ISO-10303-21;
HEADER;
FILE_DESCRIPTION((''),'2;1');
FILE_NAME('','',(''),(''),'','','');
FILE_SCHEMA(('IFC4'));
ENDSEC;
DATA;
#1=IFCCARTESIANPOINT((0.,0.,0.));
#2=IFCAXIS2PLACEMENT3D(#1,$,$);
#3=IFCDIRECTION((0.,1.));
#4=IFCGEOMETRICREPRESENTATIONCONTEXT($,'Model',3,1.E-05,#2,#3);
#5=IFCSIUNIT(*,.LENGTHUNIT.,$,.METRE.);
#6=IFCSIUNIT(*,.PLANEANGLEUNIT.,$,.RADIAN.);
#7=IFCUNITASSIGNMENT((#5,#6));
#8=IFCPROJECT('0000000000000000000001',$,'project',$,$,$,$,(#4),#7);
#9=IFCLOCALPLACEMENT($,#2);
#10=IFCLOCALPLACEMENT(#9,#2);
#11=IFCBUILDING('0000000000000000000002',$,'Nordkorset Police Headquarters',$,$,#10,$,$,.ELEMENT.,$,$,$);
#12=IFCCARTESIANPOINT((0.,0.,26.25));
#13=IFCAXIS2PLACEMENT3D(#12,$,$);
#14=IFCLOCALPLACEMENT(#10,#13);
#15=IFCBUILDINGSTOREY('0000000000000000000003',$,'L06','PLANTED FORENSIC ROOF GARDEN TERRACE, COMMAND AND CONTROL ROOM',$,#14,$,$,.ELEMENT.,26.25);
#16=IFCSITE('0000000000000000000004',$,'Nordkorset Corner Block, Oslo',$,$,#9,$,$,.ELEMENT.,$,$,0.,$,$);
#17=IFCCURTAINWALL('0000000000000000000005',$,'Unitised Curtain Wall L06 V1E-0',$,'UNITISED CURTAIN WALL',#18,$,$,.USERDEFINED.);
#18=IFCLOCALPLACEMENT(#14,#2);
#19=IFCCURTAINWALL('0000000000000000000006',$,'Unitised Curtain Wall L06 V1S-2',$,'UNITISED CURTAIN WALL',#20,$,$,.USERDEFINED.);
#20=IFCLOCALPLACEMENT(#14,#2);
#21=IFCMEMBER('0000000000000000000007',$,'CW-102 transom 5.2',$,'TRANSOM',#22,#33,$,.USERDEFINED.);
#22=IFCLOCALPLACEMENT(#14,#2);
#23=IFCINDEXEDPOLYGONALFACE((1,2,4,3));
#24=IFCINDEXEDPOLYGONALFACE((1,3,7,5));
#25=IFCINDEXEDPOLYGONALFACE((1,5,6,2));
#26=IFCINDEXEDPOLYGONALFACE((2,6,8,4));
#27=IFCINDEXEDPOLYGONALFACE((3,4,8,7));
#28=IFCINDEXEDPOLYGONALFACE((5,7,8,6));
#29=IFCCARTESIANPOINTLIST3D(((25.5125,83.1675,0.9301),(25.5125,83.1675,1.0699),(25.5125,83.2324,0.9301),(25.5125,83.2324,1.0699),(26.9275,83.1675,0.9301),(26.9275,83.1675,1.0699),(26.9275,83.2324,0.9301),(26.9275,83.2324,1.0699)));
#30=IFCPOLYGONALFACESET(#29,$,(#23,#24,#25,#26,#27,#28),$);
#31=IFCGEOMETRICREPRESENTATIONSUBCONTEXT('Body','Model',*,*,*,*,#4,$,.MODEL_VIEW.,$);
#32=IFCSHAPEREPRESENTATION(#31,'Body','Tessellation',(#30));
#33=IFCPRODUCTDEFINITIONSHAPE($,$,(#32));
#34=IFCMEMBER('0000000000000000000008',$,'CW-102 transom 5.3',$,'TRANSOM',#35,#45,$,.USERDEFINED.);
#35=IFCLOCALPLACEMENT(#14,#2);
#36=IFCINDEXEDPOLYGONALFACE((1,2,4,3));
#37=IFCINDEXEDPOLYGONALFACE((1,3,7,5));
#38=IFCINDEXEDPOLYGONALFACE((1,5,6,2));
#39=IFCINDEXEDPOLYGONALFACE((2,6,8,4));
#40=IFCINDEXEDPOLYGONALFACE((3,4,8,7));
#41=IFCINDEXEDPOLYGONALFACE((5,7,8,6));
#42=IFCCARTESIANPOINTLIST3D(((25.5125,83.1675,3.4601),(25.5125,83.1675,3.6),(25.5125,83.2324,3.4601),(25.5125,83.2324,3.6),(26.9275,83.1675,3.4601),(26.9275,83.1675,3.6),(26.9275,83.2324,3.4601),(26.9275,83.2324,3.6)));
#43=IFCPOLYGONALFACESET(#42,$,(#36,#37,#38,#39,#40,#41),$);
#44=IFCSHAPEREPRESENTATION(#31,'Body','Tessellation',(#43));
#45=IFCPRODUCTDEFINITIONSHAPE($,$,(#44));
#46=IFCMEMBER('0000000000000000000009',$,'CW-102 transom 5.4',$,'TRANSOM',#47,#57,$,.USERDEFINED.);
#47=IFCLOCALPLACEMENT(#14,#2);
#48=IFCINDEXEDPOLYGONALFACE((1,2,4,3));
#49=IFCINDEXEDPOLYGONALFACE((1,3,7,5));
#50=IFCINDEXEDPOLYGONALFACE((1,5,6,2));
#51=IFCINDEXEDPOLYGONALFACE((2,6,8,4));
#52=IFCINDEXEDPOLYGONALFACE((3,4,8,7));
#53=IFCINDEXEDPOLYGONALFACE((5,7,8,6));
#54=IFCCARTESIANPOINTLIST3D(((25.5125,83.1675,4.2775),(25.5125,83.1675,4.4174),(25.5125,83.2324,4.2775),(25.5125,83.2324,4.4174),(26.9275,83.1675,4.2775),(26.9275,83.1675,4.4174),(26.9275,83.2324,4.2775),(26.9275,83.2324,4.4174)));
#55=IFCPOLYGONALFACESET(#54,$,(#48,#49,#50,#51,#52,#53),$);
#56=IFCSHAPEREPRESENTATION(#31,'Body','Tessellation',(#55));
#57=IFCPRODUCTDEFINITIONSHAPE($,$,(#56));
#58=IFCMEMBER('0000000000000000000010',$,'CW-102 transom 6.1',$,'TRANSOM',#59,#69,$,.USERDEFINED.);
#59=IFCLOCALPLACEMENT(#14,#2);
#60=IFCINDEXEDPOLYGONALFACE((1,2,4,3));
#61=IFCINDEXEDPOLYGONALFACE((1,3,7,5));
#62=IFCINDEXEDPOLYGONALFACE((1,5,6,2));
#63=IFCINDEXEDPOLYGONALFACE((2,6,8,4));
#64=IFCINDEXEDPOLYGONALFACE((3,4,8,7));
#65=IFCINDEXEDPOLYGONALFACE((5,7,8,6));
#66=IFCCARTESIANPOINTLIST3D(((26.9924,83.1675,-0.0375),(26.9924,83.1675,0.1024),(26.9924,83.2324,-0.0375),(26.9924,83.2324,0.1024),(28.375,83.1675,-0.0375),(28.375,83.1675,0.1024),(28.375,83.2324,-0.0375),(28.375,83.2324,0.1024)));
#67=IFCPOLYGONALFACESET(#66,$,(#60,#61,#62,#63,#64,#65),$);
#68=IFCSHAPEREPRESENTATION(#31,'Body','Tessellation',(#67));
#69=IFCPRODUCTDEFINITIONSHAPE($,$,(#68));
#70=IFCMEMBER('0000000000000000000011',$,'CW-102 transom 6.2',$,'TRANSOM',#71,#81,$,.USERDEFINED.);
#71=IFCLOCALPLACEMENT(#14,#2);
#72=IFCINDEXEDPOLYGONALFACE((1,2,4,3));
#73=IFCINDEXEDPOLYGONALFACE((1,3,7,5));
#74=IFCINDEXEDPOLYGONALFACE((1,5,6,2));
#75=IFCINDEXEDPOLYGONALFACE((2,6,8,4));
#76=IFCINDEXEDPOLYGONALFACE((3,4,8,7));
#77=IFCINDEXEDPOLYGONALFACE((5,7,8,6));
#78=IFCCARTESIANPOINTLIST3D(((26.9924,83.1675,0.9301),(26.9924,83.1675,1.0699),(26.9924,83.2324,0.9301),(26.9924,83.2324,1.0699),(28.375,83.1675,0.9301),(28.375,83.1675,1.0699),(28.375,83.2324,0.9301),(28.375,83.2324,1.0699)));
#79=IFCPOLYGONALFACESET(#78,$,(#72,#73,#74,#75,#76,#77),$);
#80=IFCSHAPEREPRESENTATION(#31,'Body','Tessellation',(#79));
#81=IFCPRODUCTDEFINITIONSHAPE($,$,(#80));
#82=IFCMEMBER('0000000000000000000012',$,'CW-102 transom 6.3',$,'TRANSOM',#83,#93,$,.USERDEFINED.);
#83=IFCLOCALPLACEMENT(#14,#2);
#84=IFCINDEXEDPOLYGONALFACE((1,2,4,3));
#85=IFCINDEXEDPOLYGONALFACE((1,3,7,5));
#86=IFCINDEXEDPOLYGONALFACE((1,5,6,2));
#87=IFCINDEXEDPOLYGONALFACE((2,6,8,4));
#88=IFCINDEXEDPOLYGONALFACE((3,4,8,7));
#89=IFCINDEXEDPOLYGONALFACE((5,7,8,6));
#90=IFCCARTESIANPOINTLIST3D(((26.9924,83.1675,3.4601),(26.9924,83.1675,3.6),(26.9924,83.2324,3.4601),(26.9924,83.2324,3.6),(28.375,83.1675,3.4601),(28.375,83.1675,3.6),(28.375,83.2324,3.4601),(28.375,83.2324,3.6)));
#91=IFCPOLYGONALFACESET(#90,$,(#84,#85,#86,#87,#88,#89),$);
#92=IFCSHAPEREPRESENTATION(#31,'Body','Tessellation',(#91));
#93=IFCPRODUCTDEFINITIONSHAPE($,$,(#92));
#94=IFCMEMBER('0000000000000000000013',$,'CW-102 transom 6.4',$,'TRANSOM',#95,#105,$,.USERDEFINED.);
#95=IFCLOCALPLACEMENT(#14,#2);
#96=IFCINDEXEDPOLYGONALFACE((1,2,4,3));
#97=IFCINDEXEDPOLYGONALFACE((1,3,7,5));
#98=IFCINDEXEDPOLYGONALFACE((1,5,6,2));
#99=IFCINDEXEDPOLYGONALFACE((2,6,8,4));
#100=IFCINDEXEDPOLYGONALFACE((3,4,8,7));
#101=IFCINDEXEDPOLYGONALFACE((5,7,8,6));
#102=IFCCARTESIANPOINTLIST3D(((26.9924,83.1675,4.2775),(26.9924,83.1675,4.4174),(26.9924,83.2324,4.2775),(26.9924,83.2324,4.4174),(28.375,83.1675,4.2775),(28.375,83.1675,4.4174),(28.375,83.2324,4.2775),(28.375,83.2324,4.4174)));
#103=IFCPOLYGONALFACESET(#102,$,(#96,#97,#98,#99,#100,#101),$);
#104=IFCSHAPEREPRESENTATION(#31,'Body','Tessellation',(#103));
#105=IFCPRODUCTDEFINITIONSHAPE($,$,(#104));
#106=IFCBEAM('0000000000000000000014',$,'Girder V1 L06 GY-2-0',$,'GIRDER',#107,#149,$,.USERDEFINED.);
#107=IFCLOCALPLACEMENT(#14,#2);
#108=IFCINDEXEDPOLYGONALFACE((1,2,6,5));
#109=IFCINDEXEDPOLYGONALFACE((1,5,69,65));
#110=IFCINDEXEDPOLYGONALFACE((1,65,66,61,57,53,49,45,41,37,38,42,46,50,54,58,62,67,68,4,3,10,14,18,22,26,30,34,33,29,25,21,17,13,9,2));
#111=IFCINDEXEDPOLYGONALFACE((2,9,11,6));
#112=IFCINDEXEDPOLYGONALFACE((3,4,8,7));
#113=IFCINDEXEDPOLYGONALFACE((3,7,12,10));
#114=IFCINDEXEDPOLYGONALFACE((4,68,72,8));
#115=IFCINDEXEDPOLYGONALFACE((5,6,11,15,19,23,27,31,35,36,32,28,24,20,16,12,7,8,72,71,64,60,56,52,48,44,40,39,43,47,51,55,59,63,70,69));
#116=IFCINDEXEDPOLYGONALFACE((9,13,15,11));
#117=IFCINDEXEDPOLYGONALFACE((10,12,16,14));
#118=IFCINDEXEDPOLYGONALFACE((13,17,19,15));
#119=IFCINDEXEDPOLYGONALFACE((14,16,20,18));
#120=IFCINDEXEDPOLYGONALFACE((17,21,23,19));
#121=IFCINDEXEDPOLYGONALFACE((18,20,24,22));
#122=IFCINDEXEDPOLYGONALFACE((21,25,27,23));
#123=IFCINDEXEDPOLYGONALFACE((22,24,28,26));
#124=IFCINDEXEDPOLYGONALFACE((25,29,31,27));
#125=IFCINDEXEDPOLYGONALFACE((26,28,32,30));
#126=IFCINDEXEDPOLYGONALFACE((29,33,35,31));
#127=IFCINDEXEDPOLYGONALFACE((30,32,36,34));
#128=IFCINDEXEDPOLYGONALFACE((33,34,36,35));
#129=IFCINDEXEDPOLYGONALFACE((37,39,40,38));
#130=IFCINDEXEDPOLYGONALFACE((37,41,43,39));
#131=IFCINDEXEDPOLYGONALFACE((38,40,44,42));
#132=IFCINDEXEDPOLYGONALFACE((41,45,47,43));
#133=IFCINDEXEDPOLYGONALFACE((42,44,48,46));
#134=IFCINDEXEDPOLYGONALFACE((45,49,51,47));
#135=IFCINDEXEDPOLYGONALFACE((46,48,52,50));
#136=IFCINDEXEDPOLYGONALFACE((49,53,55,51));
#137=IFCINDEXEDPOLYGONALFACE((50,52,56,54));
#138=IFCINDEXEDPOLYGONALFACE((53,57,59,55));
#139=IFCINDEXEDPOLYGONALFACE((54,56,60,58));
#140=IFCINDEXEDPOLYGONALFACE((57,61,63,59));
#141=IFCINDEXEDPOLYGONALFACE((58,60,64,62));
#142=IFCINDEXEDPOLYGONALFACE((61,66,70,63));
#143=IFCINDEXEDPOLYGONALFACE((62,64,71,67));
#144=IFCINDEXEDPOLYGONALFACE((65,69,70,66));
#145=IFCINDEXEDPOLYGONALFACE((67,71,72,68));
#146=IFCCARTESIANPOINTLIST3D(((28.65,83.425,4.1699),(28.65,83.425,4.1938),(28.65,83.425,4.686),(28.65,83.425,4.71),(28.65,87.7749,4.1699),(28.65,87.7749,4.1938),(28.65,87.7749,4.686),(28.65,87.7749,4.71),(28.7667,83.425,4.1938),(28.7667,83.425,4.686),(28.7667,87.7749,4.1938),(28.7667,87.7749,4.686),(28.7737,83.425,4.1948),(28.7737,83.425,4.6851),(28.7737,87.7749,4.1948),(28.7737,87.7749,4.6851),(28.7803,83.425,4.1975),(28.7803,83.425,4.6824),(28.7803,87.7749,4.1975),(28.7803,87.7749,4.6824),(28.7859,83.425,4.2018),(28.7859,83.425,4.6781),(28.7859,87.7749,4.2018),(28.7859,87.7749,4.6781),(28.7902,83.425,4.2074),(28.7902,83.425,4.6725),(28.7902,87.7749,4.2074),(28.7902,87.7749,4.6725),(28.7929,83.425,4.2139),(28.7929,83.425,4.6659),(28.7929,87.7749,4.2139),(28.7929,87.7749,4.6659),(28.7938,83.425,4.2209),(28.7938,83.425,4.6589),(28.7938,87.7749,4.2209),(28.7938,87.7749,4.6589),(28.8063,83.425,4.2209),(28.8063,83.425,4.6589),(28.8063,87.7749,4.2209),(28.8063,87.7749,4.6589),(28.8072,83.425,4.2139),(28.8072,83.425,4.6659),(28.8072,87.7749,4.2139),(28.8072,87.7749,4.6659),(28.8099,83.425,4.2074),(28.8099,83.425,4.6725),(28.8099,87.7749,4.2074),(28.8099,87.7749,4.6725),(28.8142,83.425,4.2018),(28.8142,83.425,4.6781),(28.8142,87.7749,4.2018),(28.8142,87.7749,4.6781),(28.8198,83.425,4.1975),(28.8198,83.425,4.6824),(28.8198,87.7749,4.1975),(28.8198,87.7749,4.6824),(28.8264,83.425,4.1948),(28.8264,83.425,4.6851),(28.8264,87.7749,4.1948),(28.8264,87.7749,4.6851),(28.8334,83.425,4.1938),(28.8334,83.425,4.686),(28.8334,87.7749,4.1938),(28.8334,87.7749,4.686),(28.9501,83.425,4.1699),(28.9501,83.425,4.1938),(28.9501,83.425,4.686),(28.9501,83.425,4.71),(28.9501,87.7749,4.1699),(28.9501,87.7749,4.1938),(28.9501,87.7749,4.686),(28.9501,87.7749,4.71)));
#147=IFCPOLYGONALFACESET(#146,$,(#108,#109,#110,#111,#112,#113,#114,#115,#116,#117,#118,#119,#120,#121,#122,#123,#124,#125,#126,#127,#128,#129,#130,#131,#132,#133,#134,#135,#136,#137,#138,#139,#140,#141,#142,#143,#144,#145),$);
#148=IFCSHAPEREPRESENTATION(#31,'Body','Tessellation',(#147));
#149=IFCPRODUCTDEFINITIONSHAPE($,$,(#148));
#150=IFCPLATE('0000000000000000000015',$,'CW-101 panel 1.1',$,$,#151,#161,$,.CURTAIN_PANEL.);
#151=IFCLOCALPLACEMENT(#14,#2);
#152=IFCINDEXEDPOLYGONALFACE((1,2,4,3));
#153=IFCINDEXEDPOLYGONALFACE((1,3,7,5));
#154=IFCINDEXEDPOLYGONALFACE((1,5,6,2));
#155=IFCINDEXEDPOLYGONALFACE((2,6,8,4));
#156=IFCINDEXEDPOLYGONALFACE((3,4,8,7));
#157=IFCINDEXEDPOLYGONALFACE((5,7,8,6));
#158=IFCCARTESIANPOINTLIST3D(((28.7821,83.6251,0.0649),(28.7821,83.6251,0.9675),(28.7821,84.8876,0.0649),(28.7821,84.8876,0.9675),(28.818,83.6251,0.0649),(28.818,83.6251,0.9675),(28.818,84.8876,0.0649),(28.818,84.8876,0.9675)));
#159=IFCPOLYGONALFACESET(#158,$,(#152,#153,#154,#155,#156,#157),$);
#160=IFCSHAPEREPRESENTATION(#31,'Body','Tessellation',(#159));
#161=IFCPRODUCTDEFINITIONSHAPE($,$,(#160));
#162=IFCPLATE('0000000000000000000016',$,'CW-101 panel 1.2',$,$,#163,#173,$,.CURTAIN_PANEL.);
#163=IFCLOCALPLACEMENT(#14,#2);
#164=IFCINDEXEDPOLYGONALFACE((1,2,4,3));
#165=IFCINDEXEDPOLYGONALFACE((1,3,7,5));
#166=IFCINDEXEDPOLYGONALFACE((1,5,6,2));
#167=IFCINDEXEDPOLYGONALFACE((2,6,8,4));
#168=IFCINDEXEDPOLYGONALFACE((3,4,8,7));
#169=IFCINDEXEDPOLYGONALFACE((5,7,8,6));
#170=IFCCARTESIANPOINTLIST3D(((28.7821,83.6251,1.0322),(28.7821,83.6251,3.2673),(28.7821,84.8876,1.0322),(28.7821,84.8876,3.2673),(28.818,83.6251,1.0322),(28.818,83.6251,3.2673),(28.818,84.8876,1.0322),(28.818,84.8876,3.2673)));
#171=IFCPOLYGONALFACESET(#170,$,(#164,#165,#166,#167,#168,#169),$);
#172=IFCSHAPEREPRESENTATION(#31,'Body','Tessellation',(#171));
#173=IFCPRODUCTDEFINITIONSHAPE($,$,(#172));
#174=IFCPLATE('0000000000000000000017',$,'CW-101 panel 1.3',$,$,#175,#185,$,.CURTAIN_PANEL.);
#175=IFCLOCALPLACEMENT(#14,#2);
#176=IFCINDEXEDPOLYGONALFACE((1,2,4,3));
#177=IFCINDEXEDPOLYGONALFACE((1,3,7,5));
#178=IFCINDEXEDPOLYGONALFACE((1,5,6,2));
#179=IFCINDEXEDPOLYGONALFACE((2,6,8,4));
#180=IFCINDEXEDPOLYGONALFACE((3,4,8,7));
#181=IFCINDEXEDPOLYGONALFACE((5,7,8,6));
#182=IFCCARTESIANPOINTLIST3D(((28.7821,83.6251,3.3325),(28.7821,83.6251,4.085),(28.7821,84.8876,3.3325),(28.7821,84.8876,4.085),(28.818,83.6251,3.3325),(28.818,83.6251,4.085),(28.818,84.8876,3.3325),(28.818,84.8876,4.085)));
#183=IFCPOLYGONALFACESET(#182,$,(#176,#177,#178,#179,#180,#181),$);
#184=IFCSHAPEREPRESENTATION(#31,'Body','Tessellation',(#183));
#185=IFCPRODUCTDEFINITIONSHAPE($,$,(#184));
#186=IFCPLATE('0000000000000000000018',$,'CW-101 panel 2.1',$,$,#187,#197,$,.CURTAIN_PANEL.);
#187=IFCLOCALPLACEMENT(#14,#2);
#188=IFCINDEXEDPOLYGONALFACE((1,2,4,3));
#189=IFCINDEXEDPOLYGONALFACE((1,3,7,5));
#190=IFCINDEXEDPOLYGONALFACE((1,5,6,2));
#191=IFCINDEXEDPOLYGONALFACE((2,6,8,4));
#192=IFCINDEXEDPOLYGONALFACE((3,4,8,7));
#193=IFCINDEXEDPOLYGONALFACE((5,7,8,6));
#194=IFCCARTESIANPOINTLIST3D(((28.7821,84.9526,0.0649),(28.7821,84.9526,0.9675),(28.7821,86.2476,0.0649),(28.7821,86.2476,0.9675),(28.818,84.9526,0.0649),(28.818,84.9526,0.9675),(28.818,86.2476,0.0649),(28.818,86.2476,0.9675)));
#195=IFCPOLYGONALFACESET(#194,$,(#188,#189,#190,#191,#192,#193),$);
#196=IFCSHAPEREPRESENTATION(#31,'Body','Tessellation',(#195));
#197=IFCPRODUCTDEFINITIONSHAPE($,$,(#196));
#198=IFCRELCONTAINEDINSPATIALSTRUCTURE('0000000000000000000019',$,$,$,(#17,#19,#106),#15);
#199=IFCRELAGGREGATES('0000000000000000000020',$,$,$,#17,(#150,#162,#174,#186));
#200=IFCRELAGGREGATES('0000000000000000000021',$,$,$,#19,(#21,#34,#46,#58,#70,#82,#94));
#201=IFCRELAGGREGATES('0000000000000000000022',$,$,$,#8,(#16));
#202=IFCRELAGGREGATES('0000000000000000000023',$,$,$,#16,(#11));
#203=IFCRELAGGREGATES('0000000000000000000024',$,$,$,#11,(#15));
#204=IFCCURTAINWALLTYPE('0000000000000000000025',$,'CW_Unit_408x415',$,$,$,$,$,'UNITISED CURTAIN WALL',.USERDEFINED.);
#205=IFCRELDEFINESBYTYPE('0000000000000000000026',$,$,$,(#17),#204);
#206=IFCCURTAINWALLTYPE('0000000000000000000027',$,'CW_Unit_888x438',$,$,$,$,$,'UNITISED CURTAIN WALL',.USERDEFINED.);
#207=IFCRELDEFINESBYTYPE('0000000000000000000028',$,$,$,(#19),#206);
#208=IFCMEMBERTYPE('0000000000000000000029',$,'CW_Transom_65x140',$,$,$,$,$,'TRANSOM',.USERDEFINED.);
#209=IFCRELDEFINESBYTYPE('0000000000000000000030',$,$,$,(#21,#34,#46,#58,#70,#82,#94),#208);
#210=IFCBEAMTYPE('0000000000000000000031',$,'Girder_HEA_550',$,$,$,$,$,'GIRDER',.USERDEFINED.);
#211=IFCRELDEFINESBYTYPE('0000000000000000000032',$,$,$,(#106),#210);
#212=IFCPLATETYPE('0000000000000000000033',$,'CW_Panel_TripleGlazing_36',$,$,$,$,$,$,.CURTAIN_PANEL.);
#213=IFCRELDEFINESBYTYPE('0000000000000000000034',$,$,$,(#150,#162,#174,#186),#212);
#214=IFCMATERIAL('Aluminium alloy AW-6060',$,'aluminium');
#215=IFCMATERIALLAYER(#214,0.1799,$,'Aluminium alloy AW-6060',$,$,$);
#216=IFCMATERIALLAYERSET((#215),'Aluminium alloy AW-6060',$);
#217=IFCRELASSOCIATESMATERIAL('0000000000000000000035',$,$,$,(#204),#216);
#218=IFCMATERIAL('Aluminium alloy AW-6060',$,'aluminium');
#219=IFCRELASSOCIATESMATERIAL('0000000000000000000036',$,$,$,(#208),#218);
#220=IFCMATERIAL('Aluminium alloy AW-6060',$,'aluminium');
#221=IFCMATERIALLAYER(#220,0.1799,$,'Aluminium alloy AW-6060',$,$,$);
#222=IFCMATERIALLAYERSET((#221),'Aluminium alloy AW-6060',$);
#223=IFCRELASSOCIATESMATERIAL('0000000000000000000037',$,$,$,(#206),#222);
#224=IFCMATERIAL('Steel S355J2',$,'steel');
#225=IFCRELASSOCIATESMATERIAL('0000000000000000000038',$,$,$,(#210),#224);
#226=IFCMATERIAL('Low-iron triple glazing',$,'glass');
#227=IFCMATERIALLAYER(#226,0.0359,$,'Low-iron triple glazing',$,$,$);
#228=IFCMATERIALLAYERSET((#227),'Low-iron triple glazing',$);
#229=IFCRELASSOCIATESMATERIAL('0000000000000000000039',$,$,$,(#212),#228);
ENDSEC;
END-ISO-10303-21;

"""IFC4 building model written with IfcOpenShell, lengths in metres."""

from ifc_helpers import new_model, si_unit, direction, frame, origin, origin_2d, place, context, subcontext, project, spatial, rectangle, i_section, extrude, material, layer, layer_set, material_profile, profile_set, type_object, element, aggregate, save


model = new_model("IFC4")

# Units and contexts
model_context = context("Model", 3, precision=1e-05, world=origin(), true_north=direction((0.0, 1.0)))
body_context = subcontext(model_context, "Body", "Model", "MODEL_VIEW")
ifc_project = project(units=[si_unit("LENGTHUNIT", "METRE"), si_unit("PLANEANGLEUNIT", "RADIAN")], contexts=[model_context])

# Site, building, storey
site_placement = place(None, origin())
site = spatial("IfcSite", under=ifc_project, at=site_placement, Name="Nordkorset Corner Block, Oslo", CompositionType="ELEMENT", RefElevation=0.0)
building_placement = place(site_placement, origin())
building = spatial("IfcBuilding", under=site, at=building_placement, Name="Nordkorset Police Headquarters", CompositionType="ELEMENT")
storey_placement = place(building_placement, frame((0.0, 0.0, 26.25)))
storey = spatial("IfcBuildingStorey", under=building, at=storey_placement, Name="L06", Description="PLANTED FORENSIC ROOF GARDEN TERRACE, COMMAND AND CONTROL ROOM", CompositionType="ELEMENT", Elevation=26.25)

# Curtain walls, members
ifc_material_1 = material(Name="Aluminium alloy AW-6060", Category="aluminium")
ifc_layer_1 = layer(ifc_material_1, 0.1799, Name="Aluminium alloy AW-6060")
ifc_layer_set_1 = layer_set([ifc_layer_1], Name="Aluminium alloy AW-6060")
curtain_wall_type_1 = type_object("IfcCurtainWallType", Name="CW_Unit_408x415", ElementType="UNITISED CURTAIN WALL", PredefinedType="USERDEFINED", material=ifc_layer_set_1)
curtain_wall_1_placement = place(storey_placement, origin())
curtain_wall_1 = element("IfcCurtainWall", 1, at=curtain_wall_1_placement, inside=storey, type_object=curtain_wall_type_1, Name="Unitised Curtain Wall L06 V1E-0", ObjectType="UNITISED CURTAIN WALL", PredefinedType="USERDEFINED")
ifc_material_2 = material(Name="Aluminium alloy AW-6060", Category="aluminium")
ifc_material_profile_1 = material_profile(ifc_material_2, rectangle(XDim=0.0649, YDim=0.1399, at=origin_2d()), Name="ALU TRAN 65x140")
ifc_profile_set_1 = profile_set([ifc_material_profile_1], Name="Aluminium alloy AW-6060")
member_type_1 = type_object("IfcMemberType", Name="CW_Transom_65x140", ElementType="TRANSOM", PredefinedType="USERDEFINED", material=ifc_profile_set_1)
ifc_material_3 = material(Name="Aluminium alloy AW-6060", Category="aluminium")
ifc_layer_2 = layer(ifc_material_3, 0.1799, Name="Aluminium alloy AW-6060")
ifc_layer_set_2 = layer_set([ifc_layer_2], Name="Aluminium alloy AW-6060")
curtain_wall_type_2 = type_object("IfcCurtainWallType", Name="CW_Unit_888x438", ElementType="UNITISED CURTAIN WALL", PredefinedType="USERDEFINED", material=ifc_layer_set_2)
curtain_wall_2_placement = place(storey_placement, origin())
curtain_wall_2 = element("IfcCurtainWall", 2, at=curtain_wall_2_placement, inside=storey, type_object=curtain_wall_type_2, Name="Unitised Curtain Wall L06 V1S-2", ObjectType="UNITISED CURTAIN WALL", PredefinedType="USERDEFINED")
member_1_placement = place(storey_placement, frame((25.5125, 83.2, 1.0), z_axis=(1.0, 0.0, 0.0), x_axis=(0.0, 1.0, 0.0)))
member_1 = element("IfcMember", 3, at=member_1_placement, type_object=member_type_1, Name="CW-102 transom 5.2", ObjectType="TRANSOM", PredefinedType="USERDEFINED", context=body_context, shape_type="SweptSolid", body=[
    extrude(rectangle(XDim=0.0649, YDim=0.1399, at=origin_2d()), origin(), (0.0, 0.0, 1.0), 1.415),
])
member_2_placement = place(storey_placement, frame((25.5125, 83.2, 3.53), z_axis=(1.0, 0.0, 0.0), x_axis=(0.0, 1.0, 0.0)))
member_2 = element("IfcMember", 4, at=member_2_placement, type_object=member_type_1, Name="CW-102 transom 5.3", ObjectType="TRANSOM", PredefinedType="USERDEFINED", context=body_context, shape_type="SweptSolid", body=[
    extrude(rectangle(XDim=0.0649, YDim=0.1399, at=origin_2d()), origin(), (0.0, 0.0, 1.0), 1.415),
])
member_3_placement = place(storey_placement, frame((25.5125, 83.2, 4.3474), z_axis=(1.0, 0.0, 0.0), x_axis=(0.0, 1.0, 0.0)))
member_3 = element("IfcMember", 5, at=member_3_placement, type_object=member_type_1, Name="CW-102 transom 5.4", ObjectType="TRANSOM", PredefinedType="USERDEFINED", context=body_context, shape_type="SweptSolid", body=[
    extrude(rectangle(XDim=0.0649, YDim=0.1399, at=origin_2d()), origin(), (0.0, 0.0, 1.0), 1.415),
])
member_4_placement = place(storey_placement, frame((26.9924, 83.2, 0.0325), z_axis=(1.0, 0.0, 0.0), x_axis=(0.0, 1.0, 0.0)))
member_4 = element("IfcMember", 6, at=member_4_placement, type_object=member_type_1, Name="CW-102 transom 6.1", ObjectType="TRANSOM", PredefinedType="USERDEFINED", context=body_context, shape_type="SweptSolid", body=[
    extrude(rectangle(XDim=0.0649, YDim=0.1399, at=origin_2d()), origin(), (0.0, 0.0, 1.0), 1.3826),
])
member_5_placement = place(storey_placement, frame((26.9924, 83.2, 1.0), z_axis=(1.0, 0.0, 0.0), x_axis=(0.0, 1.0, 0.0)))
member_5 = element("IfcMember", 7, at=member_5_placement, type_object=member_type_1, Name="CW-102 transom 6.2", ObjectType="TRANSOM", PredefinedType="USERDEFINED", context=body_context, shape_type="SweptSolid", body=[
    extrude(rectangle(XDim=0.0649, YDim=0.1399, at=origin_2d()), origin(), (0.0, 0.0, 1.0), 1.3826),
])
member_6_placement = place(storey_placement, frame((26.9924, 83.2, 3.53), z_axis=(1.0, 0.0, 0.0), x_axis=(0.0, 1.0, 0.0)))
member_6 = element("IfcMember", 8, at=member_6_placement, type_object=member_type_1, Name="CW-102 transom 6.3", ObjectType="TRANSOM", PredefinedType="USERDEFINED", context=body_context, shape_type="SweptSolid", body=[
    extrude(rectangle(XDim=0.0649, YDim=0.1399, at=origin_2d()), origin(), (0.0, 0.0, 1.0), 1.3826),
])
member_7_placement = place(storey_placement, frame((26.9924, 83.2, 4.3474), z_axis=(1.0, 0.0, 0.0), x_axis=(0.0, 1.0, 0.0)))
member_7 = element("IfcMember", 9, at=member_7_placement, type_object=member_type_1, Name="CW-102 transom 6.4", ObjectType="TRANSOM", PredefinedType="USERDEFINED", context=body_context, shape_type="SweptSolid", body=[
    extrude(rectangle(XDim=0.0649, YDim=0.1399, at=origin_2d()), origin(), (0.0, 0.0, 1.0), 1.3826),
])

# Beam
ifc_material_4 = material(Name="Steel S355J2", Category="steel")
ifc_material_profile_2 = material_profile(ifc_material_4, i_section(OverallWidth=0.3, OverallDepth=0.54, WebThickness=0.0125, FlangeThickness=0.0239, FilletRadius=0.0271, at=origin_2d()), Name="HEA 550")
ifc_profile_set_2 = profile_set([ifc_material_profile_2], Name="Steel S355J2")
beam_type = type_object("IfcBeamType", Name="Girder_HEA_550", ElementType="GIRDER", PredefinedType="USERDEFINED", material=ifc_profile_set_2)
beam_placement = place(storey_placement, frame((28.8, 83.425, 4.4399), z_axis=(0.0, 1.0, 0.0), x_axis=(-1.0, 0.0, 0.0)))
element("IfcBeam", 10, at=beam_placement, inside=storey, type_object=beam_type, Name="Girder V1 L06 GY-2-0", ObjectType="GIRDER", PredefinedType="USERDEFINED", context=body_context, shape_type="SweptSolid", body=[
    extrude(i_section(OverallWidth=0.3, OverallDepth=0.54, WebThickness=0.0125, FlangeThickness=0.0239, FilletRadius=0.0271, at=origin_2d()), origin(), (0.0, 0.0, 1.0), 4.3499),
])

# Plates
ifc_material_5 = material(Name="Low-iron triple glazing", Category="glass")
ifc_layer_3 = layer(ifc_material_5, 0.0359, Name="Low-iron triple glazing")
ifc_layer_set_3 = layer_set([ifc_layer_3], Name="Low-iron triple glazing")
plate_type = type_object("IfcPlateType", Name="CW_Panel_TripleGlazing_36", PredefinedType="CURTAIN_PANEL", material=ifc_layer_set_3)
plate_1_placement = place(storey_placement, frame((28.8, 84.2563, 0.0649), z_axis=(0.0, 0.0, 1.0), x_axis=(0.0, 1.0, 0.0)))
plate_1 = element("IfcPlate", 11, at=plate_1_placement, type_object=plate_type, Name="CW-101 panel 1.1", PredefinedType="CURTAIN_PANEL", context=body_context, shape_type="SweptSolid", body=[
    extrude(rectangle(XDim=1.2625, YDim=0.0359, at=origin_2d()), origin(), (0.0, 0.0, 1.0), 0.9026),
])
plate_2_placement = place(storey_placement, frame((28.8, 84.2563, 1.0322), z_axis=(0.0, 0.0, 1.0), x_axis=(0.0, 1.0, 0.0)))
plate_2 = element("IfcPlate", 12, at=plate_2_placement, type_object=plate_type, Name="CW-101 panel 1.2", PredefinedType="CURTAIN_PANEL", context=body_context, shape_type="SweptSolid", body=[
    extrude(rectangle(XDim=1.2625, YDim=0.0359, at=origin_2d()), origin(), (0.0, 0.0, 1.0), 2.2351),
])
plate_3_placement = place(storey_placement, frame((28.8, 84.2563, 3.3325), z_axis=(0.0, 0.0, 1.0), x_axis=(0.0, 1.0, 0.0)))
plate_3 = element("IfcPlate", 13, at=plate_3_placement, type_object=plate_type, Name="CW-101 panel 1.3", PredefinedType="CURTAIN_PANEL", context=body_context, shape_type="SweptSolid", body=[
    extrude(rectangle(XDim=1.2625, YDim=0.0359, at=origin_2d()), origin(), (0.0, 0.0, 1.0), 0.7524),
])
plate_4_placement = place(storey_placement, frame((28.8, 85.6001, 0.0649), z_axis=(0.0, 0.0, 1.0), x_axis=(0.0, 1.0, 0.0)))
plate_4 = element("IfcPlate", 14, at=plate_4_placement, type_object=plate_type, Name="CW-101 panel 2.1", PredefinedType="CURTAIN_PANEL", context=body_context, shape_type="SweptSolid", body=[
    extrude(rectangle(XDim=1.2949, YDim=0.0359, at=origin_2d()), origin(), (0.0, 0.0, 1.0), 0.9026),
])
aggregate(curtain_wall_1, [plate_1, plate_2, plate_3, plate_4])
aggregate(curtain_wall_2, [member_1, member_2, member_3, member_4, member_5, member_6, member_7])

save(model, "model.ifc")
